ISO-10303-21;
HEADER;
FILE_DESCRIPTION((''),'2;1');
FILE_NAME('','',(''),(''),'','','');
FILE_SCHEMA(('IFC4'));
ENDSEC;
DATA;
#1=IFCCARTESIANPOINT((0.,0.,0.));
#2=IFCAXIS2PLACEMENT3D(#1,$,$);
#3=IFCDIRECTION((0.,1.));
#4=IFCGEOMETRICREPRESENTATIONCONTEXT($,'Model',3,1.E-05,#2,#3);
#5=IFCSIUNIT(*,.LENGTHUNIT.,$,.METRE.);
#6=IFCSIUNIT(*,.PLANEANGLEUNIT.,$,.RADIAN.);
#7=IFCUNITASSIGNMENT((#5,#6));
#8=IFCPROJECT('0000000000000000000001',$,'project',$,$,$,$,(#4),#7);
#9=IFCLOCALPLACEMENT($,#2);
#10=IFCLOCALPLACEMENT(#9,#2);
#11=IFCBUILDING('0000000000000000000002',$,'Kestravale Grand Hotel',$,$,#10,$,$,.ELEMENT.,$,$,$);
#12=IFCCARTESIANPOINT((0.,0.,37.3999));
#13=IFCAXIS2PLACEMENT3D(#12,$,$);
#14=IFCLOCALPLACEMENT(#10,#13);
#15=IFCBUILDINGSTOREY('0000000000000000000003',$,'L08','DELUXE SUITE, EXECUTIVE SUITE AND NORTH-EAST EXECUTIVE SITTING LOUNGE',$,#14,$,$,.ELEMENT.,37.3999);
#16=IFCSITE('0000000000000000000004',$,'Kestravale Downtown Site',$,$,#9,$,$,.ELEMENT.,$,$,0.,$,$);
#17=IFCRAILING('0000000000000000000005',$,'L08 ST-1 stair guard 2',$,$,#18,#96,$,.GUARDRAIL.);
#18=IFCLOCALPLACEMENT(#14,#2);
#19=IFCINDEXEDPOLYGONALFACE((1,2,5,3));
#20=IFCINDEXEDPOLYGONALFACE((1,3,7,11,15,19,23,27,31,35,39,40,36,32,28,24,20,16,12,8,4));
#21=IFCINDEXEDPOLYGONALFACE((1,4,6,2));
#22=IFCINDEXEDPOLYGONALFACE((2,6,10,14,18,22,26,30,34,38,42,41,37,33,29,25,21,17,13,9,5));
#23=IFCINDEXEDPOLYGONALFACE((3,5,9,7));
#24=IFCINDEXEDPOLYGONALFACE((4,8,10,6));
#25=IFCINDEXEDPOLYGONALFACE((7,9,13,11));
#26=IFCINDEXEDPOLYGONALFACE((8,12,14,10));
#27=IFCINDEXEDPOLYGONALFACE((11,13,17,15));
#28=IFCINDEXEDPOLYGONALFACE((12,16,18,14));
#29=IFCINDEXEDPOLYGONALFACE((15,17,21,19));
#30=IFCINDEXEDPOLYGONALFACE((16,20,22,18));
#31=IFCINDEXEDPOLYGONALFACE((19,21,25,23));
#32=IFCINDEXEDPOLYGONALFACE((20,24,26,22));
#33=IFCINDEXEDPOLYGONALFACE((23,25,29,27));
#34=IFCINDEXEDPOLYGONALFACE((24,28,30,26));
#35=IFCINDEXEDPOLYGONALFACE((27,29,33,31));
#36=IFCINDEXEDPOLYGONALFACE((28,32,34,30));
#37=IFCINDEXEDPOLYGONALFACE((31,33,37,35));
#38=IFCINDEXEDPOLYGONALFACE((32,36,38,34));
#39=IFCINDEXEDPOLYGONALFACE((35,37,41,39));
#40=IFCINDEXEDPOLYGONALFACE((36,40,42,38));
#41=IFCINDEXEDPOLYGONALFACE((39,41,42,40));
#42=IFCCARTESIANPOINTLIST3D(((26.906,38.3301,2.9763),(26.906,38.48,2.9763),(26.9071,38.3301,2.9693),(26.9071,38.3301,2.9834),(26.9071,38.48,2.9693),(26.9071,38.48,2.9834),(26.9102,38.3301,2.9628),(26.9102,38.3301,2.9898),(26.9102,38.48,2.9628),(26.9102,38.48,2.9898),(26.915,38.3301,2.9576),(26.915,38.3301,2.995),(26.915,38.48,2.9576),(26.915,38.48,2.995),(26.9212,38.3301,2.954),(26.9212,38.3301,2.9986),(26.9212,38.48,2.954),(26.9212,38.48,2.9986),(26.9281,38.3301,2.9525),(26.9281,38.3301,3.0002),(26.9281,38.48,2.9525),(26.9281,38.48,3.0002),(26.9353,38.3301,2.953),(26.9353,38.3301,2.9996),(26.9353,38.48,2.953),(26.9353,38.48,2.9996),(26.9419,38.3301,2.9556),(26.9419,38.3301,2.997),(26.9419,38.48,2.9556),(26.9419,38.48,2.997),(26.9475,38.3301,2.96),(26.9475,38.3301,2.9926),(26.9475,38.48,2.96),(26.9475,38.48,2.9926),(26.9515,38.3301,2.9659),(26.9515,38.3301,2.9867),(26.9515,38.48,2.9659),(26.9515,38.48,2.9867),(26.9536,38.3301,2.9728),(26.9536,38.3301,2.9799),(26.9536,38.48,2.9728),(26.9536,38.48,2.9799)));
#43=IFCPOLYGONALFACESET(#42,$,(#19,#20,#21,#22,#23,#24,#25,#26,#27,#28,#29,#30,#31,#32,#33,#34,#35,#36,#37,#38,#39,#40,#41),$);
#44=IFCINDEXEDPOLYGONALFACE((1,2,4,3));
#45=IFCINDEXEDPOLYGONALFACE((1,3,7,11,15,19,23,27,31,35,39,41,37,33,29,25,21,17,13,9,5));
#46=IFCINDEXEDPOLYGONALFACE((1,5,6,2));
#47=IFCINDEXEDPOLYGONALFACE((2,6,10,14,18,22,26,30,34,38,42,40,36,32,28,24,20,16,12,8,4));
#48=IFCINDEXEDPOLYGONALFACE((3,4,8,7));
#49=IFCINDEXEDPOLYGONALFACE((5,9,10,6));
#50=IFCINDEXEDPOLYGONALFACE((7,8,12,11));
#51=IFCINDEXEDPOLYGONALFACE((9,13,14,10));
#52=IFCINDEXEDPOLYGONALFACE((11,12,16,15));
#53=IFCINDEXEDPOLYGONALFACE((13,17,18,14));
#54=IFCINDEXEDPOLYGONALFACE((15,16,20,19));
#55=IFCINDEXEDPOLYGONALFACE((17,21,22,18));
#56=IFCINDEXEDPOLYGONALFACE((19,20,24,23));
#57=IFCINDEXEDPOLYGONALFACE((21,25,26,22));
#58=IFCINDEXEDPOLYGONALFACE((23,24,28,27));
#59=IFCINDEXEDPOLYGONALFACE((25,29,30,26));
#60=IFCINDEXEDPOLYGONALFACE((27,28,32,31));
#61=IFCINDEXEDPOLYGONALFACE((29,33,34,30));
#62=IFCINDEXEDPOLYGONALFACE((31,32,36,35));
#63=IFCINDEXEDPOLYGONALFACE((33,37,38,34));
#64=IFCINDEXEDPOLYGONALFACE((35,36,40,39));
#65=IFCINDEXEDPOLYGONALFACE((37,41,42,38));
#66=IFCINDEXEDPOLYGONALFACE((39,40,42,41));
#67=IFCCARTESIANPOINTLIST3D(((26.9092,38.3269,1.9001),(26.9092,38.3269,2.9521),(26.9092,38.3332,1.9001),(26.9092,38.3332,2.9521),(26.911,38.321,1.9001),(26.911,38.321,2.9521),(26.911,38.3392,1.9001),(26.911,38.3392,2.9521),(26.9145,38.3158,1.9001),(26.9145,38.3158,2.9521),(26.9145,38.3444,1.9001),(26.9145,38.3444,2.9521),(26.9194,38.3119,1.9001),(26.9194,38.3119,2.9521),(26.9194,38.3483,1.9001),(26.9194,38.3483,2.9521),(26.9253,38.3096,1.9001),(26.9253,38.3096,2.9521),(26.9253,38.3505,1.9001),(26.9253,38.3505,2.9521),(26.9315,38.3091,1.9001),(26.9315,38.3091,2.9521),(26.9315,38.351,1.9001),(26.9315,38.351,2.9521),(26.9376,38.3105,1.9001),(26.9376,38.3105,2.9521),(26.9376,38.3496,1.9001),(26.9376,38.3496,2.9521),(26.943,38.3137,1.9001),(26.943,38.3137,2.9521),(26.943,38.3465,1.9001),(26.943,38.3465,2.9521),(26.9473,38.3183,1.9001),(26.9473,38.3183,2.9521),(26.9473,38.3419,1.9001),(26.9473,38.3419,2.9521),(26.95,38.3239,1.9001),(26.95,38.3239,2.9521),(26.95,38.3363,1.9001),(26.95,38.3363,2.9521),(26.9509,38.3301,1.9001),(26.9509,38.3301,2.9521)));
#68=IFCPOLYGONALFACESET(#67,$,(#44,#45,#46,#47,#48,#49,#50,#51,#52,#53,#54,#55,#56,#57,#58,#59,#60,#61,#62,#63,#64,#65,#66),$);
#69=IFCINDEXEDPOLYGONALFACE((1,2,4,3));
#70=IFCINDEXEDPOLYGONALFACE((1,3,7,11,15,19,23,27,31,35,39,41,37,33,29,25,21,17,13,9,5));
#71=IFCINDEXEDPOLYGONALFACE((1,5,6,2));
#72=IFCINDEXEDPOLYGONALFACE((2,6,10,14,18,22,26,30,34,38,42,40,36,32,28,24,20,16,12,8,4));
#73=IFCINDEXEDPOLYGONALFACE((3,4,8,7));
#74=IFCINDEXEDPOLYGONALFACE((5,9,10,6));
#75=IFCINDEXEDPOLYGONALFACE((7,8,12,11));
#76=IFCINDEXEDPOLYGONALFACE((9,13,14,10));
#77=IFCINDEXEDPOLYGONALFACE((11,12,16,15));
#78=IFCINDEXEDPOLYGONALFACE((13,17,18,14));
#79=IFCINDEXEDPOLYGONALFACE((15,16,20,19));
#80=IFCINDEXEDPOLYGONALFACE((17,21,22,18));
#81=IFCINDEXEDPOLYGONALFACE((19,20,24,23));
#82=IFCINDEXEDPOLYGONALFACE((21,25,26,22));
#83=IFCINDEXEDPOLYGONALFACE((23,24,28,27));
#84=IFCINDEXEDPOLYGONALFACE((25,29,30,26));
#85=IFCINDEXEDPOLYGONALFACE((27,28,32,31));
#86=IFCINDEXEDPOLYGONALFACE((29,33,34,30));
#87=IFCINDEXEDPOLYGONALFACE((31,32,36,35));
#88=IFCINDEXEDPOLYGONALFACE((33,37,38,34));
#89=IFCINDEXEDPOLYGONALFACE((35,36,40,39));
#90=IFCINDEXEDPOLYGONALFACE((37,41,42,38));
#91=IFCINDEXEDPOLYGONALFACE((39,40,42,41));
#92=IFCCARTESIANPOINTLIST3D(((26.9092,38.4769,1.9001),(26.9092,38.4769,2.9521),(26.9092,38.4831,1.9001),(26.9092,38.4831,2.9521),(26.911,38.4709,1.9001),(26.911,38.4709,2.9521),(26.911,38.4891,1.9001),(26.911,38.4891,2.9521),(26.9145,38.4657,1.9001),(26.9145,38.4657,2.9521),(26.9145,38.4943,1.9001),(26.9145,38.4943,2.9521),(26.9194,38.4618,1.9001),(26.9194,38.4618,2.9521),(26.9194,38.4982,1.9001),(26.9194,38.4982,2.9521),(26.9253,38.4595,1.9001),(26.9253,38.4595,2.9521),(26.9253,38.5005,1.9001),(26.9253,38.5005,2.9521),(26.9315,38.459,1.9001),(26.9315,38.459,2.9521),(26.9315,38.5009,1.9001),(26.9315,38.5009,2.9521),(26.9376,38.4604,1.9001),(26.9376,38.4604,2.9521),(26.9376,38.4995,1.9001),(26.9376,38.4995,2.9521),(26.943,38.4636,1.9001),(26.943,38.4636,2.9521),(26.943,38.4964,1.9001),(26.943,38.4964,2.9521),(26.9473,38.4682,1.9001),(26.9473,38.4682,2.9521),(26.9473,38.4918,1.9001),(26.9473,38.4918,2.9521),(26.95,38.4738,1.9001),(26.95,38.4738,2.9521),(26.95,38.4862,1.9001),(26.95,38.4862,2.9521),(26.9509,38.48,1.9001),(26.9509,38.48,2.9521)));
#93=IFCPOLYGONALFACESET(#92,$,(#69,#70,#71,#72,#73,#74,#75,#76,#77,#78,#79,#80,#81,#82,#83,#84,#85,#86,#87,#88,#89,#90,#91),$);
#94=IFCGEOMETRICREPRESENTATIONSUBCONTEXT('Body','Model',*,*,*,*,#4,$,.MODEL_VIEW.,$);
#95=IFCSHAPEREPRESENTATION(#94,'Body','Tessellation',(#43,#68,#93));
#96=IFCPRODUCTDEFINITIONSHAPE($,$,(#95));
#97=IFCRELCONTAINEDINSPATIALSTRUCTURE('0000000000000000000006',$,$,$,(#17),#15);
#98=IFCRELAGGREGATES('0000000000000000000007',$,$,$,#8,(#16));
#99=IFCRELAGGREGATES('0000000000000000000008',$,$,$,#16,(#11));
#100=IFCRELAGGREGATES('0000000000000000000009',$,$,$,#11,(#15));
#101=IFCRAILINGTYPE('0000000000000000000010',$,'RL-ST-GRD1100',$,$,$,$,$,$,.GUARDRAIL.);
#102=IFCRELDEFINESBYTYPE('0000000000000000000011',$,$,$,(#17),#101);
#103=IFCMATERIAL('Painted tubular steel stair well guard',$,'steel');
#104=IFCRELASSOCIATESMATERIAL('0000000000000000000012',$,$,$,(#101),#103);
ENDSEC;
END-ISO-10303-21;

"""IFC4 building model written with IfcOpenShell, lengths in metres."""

from ifc_helpers import new_model, si_unit, direction, frame, origin, origin_2d, place, context, subcontext, project, spatial, circle, extrude, material, type_object, element, save


model = new_model("IFC4")

# Units and contexts
model_context = context("Model", 3, precision=1e-05, world=origin(), true_north=direction((0.0, 1.0)))
body_context = subcontext(model_context, "Body", "Model", "MODEL_VIEW")
ifc_project = project(units=[si_unit("LENGTHUNIT", "METRE"), si_unit("PLANEANGLEUNIT", "RADIAN")], contexts=[model_context])

# Site, building, storey
site_placement = place(None, origin())
site = spatial("IfcSite", under=ifc_project, at=site_placement, Name="Kestravale Downtown Site", CompositionType="ELEMENT", RefElevation=0.0)
building_placement = place(site_placement, origin())
building = spatial("IfcBuilding", under=site, at=building_placement, Name="Kestravale Grand Hotel", CompositionType="ELEMENT")
storey_placement = place(building_placement, frame((0.0, 0.0, 37.3999)))
storey = spatial("IfcBuildingStorey", under=building, at=storey_placement, Name="L08", Description="DELUXE SUITE, EXECUTIVE SUITE AND NORTH-EAST EXECUTIVE SITTING LOUNGE", CompositionType="ELEMENT", Elevation=37.3999)

# Railing
ifc_material_1 = material(Name="Painted tubular steel stair well guard", Category="steel")
railing_type_1 = type_object("IfcRailingType", Name="RL-ST-GRD1100", PredefinedType="GUARDRAIL", material=ifc_material_1)
railing_1_placement = place(storey_placement, frame((26.9299, 38.3301, 1.9001)))
element("IfcRailing", 1, at=railing_1_placement, inside=storey, type_object=railing_type_1, Name="L08 ST-1 stair guard 2", PredefinedType="GUARDRAIL", context=body_context, shape_type="SweptSolid", body=[
    extrude(circle(Radius=0.0239, at=origin_2d()), frame((0.0, 0.0, 1.0762), z_axis=(0.0, 1.0, 0.0), x_axis=(-1.0, 0.0, 0.0)), (0.0, 0.0, 1.0), 0.1499),
    extrude(circle(Radius=0.021, at=origin_2d()), origin(), (0.0, 0.0, 1.0), 1.052),
    extrude(circle(Radius=0.021, at=origin_2d()), frame((0.0, 0.1499, 0.0)), (0.0, 0.0, 1.0), 1.052),
])

save(model, "model.ifc")
